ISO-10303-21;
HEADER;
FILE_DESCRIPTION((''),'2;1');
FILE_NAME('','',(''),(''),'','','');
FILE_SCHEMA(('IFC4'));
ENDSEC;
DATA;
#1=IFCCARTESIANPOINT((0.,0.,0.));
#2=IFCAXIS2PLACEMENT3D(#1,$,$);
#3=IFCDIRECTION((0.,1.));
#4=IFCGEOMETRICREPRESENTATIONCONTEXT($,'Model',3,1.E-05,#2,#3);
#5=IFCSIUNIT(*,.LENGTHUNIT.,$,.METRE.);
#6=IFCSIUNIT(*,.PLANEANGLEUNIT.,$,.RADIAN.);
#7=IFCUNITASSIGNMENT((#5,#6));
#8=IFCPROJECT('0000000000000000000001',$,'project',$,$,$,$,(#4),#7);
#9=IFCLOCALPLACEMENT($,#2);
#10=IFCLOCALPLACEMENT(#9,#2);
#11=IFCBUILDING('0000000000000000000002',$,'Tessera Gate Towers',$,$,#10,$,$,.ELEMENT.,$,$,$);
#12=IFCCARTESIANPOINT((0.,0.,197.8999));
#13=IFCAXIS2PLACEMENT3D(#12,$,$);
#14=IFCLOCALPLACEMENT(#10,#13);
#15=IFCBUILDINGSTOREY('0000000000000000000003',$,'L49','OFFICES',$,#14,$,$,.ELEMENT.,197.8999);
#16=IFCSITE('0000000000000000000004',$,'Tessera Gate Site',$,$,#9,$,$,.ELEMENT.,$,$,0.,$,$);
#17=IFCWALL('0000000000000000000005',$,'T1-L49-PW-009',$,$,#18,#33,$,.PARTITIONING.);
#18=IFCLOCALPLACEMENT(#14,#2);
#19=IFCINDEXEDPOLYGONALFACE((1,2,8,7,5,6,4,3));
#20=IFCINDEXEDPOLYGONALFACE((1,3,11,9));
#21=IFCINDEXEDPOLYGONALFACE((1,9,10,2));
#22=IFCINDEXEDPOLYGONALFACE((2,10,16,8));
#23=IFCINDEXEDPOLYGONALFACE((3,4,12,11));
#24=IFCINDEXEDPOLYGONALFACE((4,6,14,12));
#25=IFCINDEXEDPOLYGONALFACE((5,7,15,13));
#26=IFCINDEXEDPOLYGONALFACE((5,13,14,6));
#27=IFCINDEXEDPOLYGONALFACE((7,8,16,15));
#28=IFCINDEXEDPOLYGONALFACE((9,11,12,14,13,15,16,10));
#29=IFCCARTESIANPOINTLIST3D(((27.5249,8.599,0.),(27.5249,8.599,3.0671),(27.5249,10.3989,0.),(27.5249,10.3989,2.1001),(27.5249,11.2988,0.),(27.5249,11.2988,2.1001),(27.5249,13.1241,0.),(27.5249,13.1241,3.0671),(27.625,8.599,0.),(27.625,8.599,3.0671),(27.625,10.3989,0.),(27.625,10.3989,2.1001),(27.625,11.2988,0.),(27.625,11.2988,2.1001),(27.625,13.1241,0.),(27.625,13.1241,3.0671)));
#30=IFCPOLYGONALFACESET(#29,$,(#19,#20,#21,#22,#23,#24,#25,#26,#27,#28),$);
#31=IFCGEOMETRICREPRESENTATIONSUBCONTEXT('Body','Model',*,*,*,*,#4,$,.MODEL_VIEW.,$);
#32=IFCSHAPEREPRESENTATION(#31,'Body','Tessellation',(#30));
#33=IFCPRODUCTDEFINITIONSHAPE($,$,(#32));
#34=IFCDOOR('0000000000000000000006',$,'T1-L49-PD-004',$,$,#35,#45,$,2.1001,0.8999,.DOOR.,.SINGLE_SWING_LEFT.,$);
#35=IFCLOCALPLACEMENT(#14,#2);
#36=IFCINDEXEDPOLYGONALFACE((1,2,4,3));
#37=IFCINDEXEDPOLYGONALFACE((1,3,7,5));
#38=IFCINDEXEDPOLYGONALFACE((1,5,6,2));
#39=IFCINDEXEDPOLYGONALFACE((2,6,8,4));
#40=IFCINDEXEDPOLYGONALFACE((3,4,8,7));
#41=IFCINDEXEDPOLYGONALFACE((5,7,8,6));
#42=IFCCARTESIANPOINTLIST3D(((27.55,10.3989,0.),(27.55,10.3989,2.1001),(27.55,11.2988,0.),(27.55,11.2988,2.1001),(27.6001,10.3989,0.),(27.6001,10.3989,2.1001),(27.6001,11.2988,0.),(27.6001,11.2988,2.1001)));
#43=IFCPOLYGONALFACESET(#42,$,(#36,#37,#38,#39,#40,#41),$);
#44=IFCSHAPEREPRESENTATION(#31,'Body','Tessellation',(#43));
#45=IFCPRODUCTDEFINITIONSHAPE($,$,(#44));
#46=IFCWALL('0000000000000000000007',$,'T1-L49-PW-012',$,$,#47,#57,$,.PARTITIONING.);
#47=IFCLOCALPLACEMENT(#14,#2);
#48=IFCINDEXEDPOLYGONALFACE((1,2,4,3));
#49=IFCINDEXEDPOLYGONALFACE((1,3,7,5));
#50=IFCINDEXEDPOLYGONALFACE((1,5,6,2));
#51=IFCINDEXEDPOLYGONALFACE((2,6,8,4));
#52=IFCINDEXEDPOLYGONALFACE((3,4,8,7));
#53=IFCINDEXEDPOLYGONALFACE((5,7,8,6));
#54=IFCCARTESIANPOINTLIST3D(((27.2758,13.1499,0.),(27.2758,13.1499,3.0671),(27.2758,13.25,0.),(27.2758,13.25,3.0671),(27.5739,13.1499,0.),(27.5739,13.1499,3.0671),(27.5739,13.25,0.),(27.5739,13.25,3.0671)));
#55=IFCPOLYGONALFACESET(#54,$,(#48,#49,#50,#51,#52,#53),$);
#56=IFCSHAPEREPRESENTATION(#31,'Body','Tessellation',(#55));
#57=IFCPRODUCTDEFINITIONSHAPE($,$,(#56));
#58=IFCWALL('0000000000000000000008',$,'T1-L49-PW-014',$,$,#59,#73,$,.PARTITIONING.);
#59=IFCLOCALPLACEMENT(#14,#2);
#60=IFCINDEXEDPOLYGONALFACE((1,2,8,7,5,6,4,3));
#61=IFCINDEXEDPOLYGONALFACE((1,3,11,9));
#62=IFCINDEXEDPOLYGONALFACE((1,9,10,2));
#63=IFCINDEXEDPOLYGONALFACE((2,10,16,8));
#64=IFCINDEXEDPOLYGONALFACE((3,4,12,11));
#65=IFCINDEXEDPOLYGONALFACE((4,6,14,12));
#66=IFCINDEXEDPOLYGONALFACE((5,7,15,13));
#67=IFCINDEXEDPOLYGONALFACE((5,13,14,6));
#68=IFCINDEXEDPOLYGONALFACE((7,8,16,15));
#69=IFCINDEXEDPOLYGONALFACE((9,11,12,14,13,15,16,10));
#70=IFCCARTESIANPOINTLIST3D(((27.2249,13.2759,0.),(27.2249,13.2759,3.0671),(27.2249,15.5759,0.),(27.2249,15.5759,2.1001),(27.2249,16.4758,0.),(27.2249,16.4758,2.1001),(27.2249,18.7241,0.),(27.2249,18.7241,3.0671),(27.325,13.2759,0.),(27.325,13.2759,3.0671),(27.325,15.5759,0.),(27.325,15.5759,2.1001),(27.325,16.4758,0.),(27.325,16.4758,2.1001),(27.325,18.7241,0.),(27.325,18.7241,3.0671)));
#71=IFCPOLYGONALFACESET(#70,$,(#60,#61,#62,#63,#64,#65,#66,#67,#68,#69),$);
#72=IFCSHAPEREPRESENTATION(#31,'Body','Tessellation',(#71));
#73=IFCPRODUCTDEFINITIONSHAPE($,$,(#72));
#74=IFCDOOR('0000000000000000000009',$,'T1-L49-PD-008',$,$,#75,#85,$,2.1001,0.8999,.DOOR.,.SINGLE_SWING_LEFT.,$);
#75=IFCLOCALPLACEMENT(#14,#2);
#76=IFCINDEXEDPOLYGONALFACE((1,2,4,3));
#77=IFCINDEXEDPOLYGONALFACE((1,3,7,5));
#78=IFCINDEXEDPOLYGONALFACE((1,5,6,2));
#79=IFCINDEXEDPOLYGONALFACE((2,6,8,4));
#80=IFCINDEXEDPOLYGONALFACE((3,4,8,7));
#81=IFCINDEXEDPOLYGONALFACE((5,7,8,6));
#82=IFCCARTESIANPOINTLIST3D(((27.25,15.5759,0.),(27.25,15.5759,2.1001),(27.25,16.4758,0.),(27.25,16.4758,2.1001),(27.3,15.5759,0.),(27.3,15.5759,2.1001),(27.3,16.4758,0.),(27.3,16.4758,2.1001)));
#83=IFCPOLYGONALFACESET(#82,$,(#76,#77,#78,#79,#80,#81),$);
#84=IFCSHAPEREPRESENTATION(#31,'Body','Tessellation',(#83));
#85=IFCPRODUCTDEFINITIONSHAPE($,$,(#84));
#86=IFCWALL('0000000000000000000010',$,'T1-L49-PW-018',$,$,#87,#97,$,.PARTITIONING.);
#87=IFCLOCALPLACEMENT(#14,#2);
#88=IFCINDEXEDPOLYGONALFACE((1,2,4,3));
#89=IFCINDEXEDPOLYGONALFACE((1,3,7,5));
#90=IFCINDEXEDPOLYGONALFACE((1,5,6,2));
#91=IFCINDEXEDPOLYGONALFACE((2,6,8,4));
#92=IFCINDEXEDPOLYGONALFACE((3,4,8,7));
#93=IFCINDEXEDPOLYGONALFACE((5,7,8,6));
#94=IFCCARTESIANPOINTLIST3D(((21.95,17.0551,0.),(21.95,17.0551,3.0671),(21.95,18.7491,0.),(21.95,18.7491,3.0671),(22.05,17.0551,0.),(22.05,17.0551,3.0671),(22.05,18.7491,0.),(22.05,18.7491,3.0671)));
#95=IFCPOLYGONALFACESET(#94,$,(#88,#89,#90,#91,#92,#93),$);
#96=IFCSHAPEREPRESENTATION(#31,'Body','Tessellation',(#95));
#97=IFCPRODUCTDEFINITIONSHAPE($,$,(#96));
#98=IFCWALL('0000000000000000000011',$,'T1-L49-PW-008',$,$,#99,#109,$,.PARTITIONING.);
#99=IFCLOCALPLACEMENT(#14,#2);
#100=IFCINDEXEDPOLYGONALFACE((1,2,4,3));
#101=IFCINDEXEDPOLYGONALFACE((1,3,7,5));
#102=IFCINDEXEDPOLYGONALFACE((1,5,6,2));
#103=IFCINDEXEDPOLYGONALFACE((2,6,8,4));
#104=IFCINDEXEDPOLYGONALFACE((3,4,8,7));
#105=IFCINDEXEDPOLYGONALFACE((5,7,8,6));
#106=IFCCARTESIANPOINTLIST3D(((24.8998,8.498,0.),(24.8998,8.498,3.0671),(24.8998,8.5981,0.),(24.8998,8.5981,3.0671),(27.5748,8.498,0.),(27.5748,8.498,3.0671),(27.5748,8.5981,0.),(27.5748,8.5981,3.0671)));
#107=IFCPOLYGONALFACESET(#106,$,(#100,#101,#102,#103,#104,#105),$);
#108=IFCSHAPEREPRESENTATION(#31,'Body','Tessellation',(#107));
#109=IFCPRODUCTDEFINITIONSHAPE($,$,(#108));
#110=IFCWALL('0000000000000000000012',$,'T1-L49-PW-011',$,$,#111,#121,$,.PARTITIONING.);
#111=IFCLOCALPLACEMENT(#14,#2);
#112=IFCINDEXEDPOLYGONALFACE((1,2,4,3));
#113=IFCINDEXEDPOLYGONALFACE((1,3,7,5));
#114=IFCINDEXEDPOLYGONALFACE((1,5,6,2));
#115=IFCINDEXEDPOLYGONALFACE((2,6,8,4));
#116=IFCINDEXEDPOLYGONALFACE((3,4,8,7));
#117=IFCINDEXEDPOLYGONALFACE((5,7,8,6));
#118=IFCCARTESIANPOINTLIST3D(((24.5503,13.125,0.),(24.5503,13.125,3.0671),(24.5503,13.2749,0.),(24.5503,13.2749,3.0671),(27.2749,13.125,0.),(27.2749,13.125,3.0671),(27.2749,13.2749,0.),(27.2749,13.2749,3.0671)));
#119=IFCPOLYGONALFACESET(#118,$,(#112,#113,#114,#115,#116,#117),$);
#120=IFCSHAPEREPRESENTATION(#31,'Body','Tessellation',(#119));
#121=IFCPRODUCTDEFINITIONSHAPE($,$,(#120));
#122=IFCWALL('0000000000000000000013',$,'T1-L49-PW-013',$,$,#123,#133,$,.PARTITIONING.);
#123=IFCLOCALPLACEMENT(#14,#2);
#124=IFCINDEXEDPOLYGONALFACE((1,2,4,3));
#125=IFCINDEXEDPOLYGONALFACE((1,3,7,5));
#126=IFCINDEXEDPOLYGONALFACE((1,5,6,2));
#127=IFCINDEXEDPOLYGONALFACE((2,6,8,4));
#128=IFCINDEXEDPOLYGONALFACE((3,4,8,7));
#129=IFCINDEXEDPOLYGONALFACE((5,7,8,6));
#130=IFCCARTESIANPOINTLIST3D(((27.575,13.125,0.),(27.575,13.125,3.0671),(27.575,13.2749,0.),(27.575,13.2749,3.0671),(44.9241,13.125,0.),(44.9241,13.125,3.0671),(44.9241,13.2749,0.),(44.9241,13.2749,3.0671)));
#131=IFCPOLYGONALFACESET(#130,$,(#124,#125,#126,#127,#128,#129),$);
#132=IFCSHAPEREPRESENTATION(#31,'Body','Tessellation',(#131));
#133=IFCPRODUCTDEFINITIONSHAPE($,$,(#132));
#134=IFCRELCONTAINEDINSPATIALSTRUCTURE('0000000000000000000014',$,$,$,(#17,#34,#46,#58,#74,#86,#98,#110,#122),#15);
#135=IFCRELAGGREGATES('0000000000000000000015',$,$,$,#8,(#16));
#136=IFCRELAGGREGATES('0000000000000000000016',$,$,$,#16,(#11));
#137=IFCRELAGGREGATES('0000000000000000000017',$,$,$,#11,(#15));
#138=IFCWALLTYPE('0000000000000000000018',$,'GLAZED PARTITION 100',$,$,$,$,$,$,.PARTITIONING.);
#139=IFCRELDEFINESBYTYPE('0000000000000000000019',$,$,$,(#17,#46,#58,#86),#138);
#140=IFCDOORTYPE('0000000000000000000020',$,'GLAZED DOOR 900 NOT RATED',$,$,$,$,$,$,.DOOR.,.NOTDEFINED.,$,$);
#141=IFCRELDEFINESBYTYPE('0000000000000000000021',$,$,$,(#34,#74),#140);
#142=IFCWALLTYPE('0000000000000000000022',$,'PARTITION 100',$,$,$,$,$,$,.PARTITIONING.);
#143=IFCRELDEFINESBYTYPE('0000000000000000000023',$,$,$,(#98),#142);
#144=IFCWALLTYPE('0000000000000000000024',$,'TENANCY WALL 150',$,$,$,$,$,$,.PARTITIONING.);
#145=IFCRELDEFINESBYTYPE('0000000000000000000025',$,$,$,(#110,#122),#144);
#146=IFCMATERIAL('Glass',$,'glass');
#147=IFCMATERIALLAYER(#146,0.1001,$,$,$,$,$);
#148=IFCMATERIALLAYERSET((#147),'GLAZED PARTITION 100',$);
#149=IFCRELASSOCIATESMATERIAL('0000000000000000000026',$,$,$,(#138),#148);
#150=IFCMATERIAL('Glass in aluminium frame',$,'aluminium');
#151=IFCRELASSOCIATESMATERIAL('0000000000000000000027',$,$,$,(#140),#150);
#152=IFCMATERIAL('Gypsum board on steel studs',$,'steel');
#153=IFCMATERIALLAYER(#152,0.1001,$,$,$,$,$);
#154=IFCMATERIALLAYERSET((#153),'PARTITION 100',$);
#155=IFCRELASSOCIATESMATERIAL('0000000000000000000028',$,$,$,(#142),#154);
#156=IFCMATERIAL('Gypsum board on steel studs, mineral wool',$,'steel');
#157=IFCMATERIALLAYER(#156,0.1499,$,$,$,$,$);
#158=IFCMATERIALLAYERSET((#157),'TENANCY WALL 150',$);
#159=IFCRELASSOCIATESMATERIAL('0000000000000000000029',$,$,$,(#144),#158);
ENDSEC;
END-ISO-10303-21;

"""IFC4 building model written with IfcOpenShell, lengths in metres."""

from ifc_helpers import new_model, si_unit, direction, frame, frame_2d, origin, place, context, subcontext, project, spatial, rectangle, extrude, source, transform, mapped, material, layer, layer_set, type_object, element, fill, save


model = new_model("IFC4")

# Units and contexts
model_context = context("Model", 3, precision=1e-05, world=origin(), true_north=direction((0.0, 1.0)))
body_context = subcontext(model_context, "Body", "Model", "MODEL_VIEW")
ifc_project = project(units=[si_unit("LENGTHUNIT", "METRE"), si_unit("PLANEANGLEUNIT", "RADIAN")], contexts=[model_context])

# Site, building, storey
site_placement = place(None, origin())
site = spatial("IfcSite", under=ifc_project, at=site_placement, Name="Tessera Gate Site", CompositionType="ELEMENT", RefElevation=0.0)
building_placement = place(site_placement, origin())
building = spatial("IfcBuilding", under=site, at=building_placement, Name="Tessera Gate Towers", CompositionType="ELEMENT")
storey_placement = place(building_placement, frame((0.0, 0.0, 197.8999)))
storey = spatial("IfcBuildingStorey", under=building, at=storey_placement, Name="L49", Description="OFFICES", CompositionType="ELEMENT", Elevation=197.8999)

# Shared definitions
ifc_material_1 = material(Name="Glass", Category="glass")
ifc_layer_1 = layer(ifc_material_1, 0.1001)
ifc_layer_set_1 = layer_set([ifc_layer_1], Name="GLAZED PARTITION 100")
wall_type_1 = type_object("IfcWallType", Name="GLAZED PARTITION 100", PredefinedType="PARTITIONING", material=ifc_layer_set_1)

# Wall, opening, door
shared_shape_1 = source(origin(), body_context, "Body", "SweptSolid", [
    extrude(rectangle(XDim=0.8999, YDim=2.1001, at=frame_2d((0.45, 1.05))), frame((0.0, 0.0601, 0.0), z_axis=(0.0, -1.0, 0.0), x_axis=(1.0, 0.0, 0.0)), (0.0, 0.0, 1.0), 0.1201),
])
ifc_material_2 = material(Name="Glass in aluminium frame", Category="aluminium")
door_type = type_object("IfcDoorType", Name="GLAZED DOOR 900 NOT RATED", OperationType="NOTDEFINED", PredefinedType="DOOR", material=ifc_material_2)
shared_shape_2 = source(origin(), body_context, "Body", "SweptSolid", [
    extrude(rectangle(XDim=0.8999, YDim=2.1001, at=frame_2d((0.45, 1.05))), frame((0.0, 0.0249, 0.0), z_axis=(0.0, -1.0, 0.0), x_axis=(1.0, 0.0, 0.0)), (0.0, 0.0, 1.0), 0.05),
])
wall_1_placement = place(storey_placement, frame((27.575, 8.5989, 0.0), z_axis=(0.0, 0.0, 1.0), x_axis=(0.0, 1.0, 0.0)))
wall_1 = element("IfcWall", 1, at=wall_1_placement, inside=storey, type_object=wall_type_1, Name="T1-L49-PW-009", PredefinedType="PARTITIONING", context=body_context, shape_type="SweptSolid", body=[
    extrude(rectangle(XDim=4.5251, YDim=0.1001, at=frame_2d((2.2627, 0.0))), origin(), (0.0, 0.0, 1.0), 3.0671),
])
opening_1_placement = place(wall_1_placement, frame((1.8, 0.0, 0.0)))
opening_1 = element("IfcOpeningElement", 2, at=opening_1_placement, cuts=wall_1, PredefinedType="OPENING", context=body_context, shape_type="MappedRepresentation", body=[
    mapped(shared_shape_1, transform((0.0, 0.0, 0.0), scale=1.0)),
])
door_1_placement = place(opening_1_placement, origin())
door_1 = element("IfcDoor", 3, at=door_1_placement, inside=storey, type_object=door_type, Name="T1-L49-PD-004", OperationType="SINGLE_SWING_LEFT", OverallHeight=2.1001, OverallWidth=0.8999, PredefinedType="DOOR", context=body_context, shape_type="MappedRepresentation", body=[
    mapped(shared_shape_2, transform((0.0, 0.0, 0.0), scale=1.0)),
])
fill(opening_1, door_1)

# Wall
wall_2_placement = place(storey_placement, frame((27.2759, 13.2, 0.0), z_axis=(0.0, 0.0, 1.0), x_axis=(1.0, 0.0, 0.0)))
element("IfcWall", 4, at=wall_2_placement, inside=storey, type_object=wall_type_1, Name="T1-L49-PW-012", PredefinedType="PARTITIONING", context=body_context, shape_type="SweptSolid", body=[
    extrude(rectangle(XDim=0.2981, YDim=0.1001, at=frame_2d((0.1489, 0.0))), origin(), (0.0, 0.0, 1.0), 3.0671),
])

# Wall, opening, door
wall_3_placement = place(storey_placement, frame((27.2749, 13.2759, 0.0), z_axis=(0.0, 0.0, 1.0), x_axis=(0.0, 1.0, 0.0)))
wall_3 = element("IfcWall", 5, at=wall_3_placement, inside=storey, type_object=wall_type_1, Name="T1-L49-PW-014", PredefinedType="PARTITIONING", context=body_context, shape_type="SweptSolid", body=[
    extrude(rectangle(XDim=5.4482, YDim=0.1001, at=frame_2d((2.7241, 0.0))), origin(), (0.0, 0.0, 1.0), 3.0671),
])
opening_2_placement = place(wall_3_placement, frame((2.3, 0.0, 0.0)))
opening_2 = element("IfcOpeningElement", 6, at=opening_2_placement, cuts=wall_3, PredefinedType="OPENING", context=body_context, shape_type="MappedRepresentation", body=[
    mapped(shared_shape_1, transform((0.0, 0.0, 0.0), scale=1.0)),
])
door_2_placement = place(opening_2_placement, origin())
door_2 = element("IfcDoor", 7, at=door_2_placement, inside=storey, type_object=door_type, Name="T1-L49-PD-008", OperationType="SINGLE_SWING_LEFT", OverallHeight=2.1001, OverallWidth=0.8999, PredefinedType="DOOR", context=body_context, shape_type="MappedRepresentation", body=[
    mapped(shared_shape_2, transform((0.0, 0.0, 0.0), scale=1.0)),
])
fill(opening_2, door_2)

# Walls
wall_4_placement = place(storey_placement, frame((22.0, 17.0549, 0.0), z_axis=(0.0, 0.0, 1.0), x_axis=(0.0, 1.0, 0.0)))
element("IfcWall", 8, at=wall_4_placement, inside=storey, type_object=wall_type_1, Name="T1-L49-PW-018", PredefinedType="PARTITIONING", context=body_context, shape_type="SweptSolid", body=[
    extrude(rectangle(XDim=1.6941, YDim=0.1001, at=frame_2d((0.8472, 0.0))), origin(), (0.0, 0.0, 1.0), 3.0671),
])
ifc_material_3 = material(Name="Gypsum board on steel studs", Category="steel")
ifc_layer_2 = layer(ifc_material_3, 0.1001)
ifc_layer_set_2 = layer_set([ifc_layer_2], Name="PARTITION 100")
wall_type_2 = type_object("IfcWallType", Name="PARTITION 100", PredefinedType="PARTITIONING", material=ifc_layer_set_2)
wall_5_placement = place(storey_placement, frame((24.8999, 8.5481, 0.0), z_axis=(0.0, 0.0, 1.0), x_axis=(1.0, 0.0, 0.0)))
element("IfcWall", 9, at=wall_5_placement, inside=storey, type_object=wall_type_2, Name="T1-L49-PW-008", PredefinedType="PARTITIONING", context=body_context, shape_type="SweptSolid", body=[
    extrude(rectangle(XDim=2.675, YDim=0.1001, at=frame_2d((1.3374, 0.0))), origin(), (0.0, 0.0, 1.0), 3.0671),
])
ifc_material_4 = material(Name="Gypsum board on steel studs, mineral wool", Category="steel")
ifc_layer_3 = layer(ifc_material_4, 0.1499)
ifc_layer_set_3 = layer_set([ifc_layer_3], Name="TENANCY WALL 150")
wall_type_3 = type_object("IfcWallType", Name="TENANCY WALL 150", PredefinedType="PARTITIONING", material=ifc_layer_set_3)
wall_6_placement = place(storey_placement, frame((24.5503, 13.2, 0.0), z_axis=(0.0, 0.0, 1.0), x_axis=(1.0, 0.0, 0.0)))
element("IfcWall", 10, at=wall_6_placement, inside=storey, type_object=wall_type_3, Name="T1-L49-PW-011", PredefinedType="PARTITIONING", context=body_context, shape_type="SweptSolid", body=[
    extrude(rectangle(XDim=2.7246, YDim=0.1499, at=frame_2d((1.3623, 0.0))), origin(), (0.0, 0.0, 1.0), 3.0671),
])
wall_7_placement = place(storey_placement, frame((27.575, 13.2, 0.0), z_axis=(0.0, 0.0, 1.0), x_axis=(1.0, 0.0, 0.0)))
element("IfcWall", 11, at=wall_7_placement, inside=storey, type_object=wall_type_3, Name="T1-L49-PW-013", PredefinedType="PARTITIONING", context=body_context, shape_type="SweptSolid", body=[
    extrude(rectangle(XDim=17.3491, YDim=0.1499, at=frame_2d((8.6746, 0.0))), origin(), (0.0, 0.0, 1.0), 3.0671),
])

save(model, "model.ifc")
